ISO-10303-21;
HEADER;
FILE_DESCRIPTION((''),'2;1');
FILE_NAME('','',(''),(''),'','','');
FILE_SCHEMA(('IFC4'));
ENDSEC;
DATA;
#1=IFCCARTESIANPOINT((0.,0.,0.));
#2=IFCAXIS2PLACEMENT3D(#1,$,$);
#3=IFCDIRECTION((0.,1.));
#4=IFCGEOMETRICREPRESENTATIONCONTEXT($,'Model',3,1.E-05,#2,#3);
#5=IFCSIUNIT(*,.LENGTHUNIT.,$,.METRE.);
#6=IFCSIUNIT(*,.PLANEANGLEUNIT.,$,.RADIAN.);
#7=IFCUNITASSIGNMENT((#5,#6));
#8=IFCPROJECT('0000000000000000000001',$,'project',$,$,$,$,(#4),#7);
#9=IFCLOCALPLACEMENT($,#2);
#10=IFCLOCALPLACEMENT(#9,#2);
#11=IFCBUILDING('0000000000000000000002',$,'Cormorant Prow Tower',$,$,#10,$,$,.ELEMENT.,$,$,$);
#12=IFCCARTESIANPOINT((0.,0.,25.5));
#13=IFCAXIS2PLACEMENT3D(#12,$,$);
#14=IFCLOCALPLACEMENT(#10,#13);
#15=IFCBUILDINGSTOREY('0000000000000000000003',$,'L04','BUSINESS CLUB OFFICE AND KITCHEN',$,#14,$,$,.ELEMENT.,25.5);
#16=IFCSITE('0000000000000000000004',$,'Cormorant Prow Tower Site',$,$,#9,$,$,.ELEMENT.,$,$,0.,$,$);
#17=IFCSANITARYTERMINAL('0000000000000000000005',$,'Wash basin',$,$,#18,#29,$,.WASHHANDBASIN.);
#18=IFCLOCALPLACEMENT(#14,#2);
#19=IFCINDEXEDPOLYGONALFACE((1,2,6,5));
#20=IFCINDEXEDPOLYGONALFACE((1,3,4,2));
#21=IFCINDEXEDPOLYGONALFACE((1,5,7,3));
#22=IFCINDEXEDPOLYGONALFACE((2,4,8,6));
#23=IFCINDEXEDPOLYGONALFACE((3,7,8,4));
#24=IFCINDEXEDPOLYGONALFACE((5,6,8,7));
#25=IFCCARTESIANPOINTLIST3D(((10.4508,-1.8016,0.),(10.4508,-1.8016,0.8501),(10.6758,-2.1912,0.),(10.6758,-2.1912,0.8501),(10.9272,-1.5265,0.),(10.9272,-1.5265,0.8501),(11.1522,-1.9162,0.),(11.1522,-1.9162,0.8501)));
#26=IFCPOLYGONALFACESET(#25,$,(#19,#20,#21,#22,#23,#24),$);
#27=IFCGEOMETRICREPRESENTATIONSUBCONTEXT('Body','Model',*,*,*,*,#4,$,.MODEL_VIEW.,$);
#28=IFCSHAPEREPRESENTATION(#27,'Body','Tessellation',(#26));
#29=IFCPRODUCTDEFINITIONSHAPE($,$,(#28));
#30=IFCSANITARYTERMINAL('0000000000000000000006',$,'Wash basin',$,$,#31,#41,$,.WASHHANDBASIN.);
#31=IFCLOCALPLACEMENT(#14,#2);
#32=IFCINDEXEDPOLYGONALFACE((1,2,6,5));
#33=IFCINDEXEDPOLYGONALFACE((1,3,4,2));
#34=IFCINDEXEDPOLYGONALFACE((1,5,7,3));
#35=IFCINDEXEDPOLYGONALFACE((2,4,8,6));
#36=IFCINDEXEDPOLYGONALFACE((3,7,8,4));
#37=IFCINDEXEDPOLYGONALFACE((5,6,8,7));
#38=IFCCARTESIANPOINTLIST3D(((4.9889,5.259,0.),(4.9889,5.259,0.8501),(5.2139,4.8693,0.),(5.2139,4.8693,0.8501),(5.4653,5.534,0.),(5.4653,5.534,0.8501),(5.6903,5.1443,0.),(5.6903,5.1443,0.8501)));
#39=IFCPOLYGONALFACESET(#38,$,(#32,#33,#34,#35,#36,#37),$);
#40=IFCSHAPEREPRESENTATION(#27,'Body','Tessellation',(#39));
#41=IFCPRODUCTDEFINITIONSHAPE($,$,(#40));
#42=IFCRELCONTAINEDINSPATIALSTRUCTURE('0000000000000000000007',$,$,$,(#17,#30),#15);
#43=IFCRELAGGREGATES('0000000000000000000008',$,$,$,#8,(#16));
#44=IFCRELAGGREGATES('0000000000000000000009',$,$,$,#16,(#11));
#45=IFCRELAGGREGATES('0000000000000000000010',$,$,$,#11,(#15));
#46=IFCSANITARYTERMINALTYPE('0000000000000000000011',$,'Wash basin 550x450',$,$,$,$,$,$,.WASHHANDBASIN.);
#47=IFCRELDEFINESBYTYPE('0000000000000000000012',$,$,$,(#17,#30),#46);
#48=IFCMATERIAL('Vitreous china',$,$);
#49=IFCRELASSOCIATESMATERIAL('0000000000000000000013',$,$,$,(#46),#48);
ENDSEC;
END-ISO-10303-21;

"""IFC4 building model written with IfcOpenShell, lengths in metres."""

from ifc_helpers import new_model, si_unit, direction, frame, origin, origin_2d, place, context, subcontext, project, spatial, rectangle, extrude, material, type_object, element, save


model = new_model("IFC4")

# Units and contexts
model_context = context("Model", 3, precision=1e-05, world=origin(), true_north=direction((0.0, 1.0)))
body_context = subcontext(model_context, "Body", "Model", "MODEL_VIEW")
ifc_project = project(units=[si_unit("LENGTHUNIT", "METRE"), si_unit("PLANEANGLEUNIT", "RADIAN")], contexts=[model_context])

# Site, building, storey
site_placement = place(None, origin())
site = spatial("IfcSite", under=ifc_project, at=site_placement, Name="Cormorant Prow Tower Site", CompositionType="ELEMENT", RefElevation=0.0)
building_placement = place(site_placement, origin())
building = spatial("IfcBuilding", under=site, at=building_placement, Name="Cormorant Prow Tower", CompositionType="ELEMENT")
storey_placement = place(building_placement, frame((0.0, 0.0, 25.5)))
storey = spatial("IfcBuildingStorey", under=building, at=storey_placement, Name="L04", Description="BUSINESS CLUB OFFICE AND KITCHEN", CompositionType="ELEMENT", Elevation=25.5)

# Sanitary terminals
ifc_material_1 = material(Name="Vitreous china")
sanitary_terminal_type = type_object("IfcSanitaryTerminalType", Name="Wash basin 550x450", PredefinedType="WASHHANDBASIN", material=ifc_material_1)
for number, where, z_axis, x_axis, name in (
    (1, (10.8015, -1.8589, 0.0), (0.0, 0.0, 1.0), (-0.866025, -0.5, 0.0), "Wash basin"),
    (2, (5.3396, 5.2017, 0.0), (0.0, 0.0, 1.0), (-0.866043, -0.49997, 0.0), "Wash basin"),
):
    element("IfcSanitaryTerminal", number, at=place(storey_placement, frame(where, z_axis=z_axis, x_axis=x_axis)), inside=storey, type_object=sanitary_terminal_type, Name=name, PredefinedType="WASHHANDBASIN", context=body_context, shape_type="SweptSolid", body=[
        extrude(rectangle(XDim=0.55, YDim=0.45, at=origin_2d()), origin(), (0.0, 0.0, 1.0), 0.8501),
    ])

save(model, "model.ifc")
